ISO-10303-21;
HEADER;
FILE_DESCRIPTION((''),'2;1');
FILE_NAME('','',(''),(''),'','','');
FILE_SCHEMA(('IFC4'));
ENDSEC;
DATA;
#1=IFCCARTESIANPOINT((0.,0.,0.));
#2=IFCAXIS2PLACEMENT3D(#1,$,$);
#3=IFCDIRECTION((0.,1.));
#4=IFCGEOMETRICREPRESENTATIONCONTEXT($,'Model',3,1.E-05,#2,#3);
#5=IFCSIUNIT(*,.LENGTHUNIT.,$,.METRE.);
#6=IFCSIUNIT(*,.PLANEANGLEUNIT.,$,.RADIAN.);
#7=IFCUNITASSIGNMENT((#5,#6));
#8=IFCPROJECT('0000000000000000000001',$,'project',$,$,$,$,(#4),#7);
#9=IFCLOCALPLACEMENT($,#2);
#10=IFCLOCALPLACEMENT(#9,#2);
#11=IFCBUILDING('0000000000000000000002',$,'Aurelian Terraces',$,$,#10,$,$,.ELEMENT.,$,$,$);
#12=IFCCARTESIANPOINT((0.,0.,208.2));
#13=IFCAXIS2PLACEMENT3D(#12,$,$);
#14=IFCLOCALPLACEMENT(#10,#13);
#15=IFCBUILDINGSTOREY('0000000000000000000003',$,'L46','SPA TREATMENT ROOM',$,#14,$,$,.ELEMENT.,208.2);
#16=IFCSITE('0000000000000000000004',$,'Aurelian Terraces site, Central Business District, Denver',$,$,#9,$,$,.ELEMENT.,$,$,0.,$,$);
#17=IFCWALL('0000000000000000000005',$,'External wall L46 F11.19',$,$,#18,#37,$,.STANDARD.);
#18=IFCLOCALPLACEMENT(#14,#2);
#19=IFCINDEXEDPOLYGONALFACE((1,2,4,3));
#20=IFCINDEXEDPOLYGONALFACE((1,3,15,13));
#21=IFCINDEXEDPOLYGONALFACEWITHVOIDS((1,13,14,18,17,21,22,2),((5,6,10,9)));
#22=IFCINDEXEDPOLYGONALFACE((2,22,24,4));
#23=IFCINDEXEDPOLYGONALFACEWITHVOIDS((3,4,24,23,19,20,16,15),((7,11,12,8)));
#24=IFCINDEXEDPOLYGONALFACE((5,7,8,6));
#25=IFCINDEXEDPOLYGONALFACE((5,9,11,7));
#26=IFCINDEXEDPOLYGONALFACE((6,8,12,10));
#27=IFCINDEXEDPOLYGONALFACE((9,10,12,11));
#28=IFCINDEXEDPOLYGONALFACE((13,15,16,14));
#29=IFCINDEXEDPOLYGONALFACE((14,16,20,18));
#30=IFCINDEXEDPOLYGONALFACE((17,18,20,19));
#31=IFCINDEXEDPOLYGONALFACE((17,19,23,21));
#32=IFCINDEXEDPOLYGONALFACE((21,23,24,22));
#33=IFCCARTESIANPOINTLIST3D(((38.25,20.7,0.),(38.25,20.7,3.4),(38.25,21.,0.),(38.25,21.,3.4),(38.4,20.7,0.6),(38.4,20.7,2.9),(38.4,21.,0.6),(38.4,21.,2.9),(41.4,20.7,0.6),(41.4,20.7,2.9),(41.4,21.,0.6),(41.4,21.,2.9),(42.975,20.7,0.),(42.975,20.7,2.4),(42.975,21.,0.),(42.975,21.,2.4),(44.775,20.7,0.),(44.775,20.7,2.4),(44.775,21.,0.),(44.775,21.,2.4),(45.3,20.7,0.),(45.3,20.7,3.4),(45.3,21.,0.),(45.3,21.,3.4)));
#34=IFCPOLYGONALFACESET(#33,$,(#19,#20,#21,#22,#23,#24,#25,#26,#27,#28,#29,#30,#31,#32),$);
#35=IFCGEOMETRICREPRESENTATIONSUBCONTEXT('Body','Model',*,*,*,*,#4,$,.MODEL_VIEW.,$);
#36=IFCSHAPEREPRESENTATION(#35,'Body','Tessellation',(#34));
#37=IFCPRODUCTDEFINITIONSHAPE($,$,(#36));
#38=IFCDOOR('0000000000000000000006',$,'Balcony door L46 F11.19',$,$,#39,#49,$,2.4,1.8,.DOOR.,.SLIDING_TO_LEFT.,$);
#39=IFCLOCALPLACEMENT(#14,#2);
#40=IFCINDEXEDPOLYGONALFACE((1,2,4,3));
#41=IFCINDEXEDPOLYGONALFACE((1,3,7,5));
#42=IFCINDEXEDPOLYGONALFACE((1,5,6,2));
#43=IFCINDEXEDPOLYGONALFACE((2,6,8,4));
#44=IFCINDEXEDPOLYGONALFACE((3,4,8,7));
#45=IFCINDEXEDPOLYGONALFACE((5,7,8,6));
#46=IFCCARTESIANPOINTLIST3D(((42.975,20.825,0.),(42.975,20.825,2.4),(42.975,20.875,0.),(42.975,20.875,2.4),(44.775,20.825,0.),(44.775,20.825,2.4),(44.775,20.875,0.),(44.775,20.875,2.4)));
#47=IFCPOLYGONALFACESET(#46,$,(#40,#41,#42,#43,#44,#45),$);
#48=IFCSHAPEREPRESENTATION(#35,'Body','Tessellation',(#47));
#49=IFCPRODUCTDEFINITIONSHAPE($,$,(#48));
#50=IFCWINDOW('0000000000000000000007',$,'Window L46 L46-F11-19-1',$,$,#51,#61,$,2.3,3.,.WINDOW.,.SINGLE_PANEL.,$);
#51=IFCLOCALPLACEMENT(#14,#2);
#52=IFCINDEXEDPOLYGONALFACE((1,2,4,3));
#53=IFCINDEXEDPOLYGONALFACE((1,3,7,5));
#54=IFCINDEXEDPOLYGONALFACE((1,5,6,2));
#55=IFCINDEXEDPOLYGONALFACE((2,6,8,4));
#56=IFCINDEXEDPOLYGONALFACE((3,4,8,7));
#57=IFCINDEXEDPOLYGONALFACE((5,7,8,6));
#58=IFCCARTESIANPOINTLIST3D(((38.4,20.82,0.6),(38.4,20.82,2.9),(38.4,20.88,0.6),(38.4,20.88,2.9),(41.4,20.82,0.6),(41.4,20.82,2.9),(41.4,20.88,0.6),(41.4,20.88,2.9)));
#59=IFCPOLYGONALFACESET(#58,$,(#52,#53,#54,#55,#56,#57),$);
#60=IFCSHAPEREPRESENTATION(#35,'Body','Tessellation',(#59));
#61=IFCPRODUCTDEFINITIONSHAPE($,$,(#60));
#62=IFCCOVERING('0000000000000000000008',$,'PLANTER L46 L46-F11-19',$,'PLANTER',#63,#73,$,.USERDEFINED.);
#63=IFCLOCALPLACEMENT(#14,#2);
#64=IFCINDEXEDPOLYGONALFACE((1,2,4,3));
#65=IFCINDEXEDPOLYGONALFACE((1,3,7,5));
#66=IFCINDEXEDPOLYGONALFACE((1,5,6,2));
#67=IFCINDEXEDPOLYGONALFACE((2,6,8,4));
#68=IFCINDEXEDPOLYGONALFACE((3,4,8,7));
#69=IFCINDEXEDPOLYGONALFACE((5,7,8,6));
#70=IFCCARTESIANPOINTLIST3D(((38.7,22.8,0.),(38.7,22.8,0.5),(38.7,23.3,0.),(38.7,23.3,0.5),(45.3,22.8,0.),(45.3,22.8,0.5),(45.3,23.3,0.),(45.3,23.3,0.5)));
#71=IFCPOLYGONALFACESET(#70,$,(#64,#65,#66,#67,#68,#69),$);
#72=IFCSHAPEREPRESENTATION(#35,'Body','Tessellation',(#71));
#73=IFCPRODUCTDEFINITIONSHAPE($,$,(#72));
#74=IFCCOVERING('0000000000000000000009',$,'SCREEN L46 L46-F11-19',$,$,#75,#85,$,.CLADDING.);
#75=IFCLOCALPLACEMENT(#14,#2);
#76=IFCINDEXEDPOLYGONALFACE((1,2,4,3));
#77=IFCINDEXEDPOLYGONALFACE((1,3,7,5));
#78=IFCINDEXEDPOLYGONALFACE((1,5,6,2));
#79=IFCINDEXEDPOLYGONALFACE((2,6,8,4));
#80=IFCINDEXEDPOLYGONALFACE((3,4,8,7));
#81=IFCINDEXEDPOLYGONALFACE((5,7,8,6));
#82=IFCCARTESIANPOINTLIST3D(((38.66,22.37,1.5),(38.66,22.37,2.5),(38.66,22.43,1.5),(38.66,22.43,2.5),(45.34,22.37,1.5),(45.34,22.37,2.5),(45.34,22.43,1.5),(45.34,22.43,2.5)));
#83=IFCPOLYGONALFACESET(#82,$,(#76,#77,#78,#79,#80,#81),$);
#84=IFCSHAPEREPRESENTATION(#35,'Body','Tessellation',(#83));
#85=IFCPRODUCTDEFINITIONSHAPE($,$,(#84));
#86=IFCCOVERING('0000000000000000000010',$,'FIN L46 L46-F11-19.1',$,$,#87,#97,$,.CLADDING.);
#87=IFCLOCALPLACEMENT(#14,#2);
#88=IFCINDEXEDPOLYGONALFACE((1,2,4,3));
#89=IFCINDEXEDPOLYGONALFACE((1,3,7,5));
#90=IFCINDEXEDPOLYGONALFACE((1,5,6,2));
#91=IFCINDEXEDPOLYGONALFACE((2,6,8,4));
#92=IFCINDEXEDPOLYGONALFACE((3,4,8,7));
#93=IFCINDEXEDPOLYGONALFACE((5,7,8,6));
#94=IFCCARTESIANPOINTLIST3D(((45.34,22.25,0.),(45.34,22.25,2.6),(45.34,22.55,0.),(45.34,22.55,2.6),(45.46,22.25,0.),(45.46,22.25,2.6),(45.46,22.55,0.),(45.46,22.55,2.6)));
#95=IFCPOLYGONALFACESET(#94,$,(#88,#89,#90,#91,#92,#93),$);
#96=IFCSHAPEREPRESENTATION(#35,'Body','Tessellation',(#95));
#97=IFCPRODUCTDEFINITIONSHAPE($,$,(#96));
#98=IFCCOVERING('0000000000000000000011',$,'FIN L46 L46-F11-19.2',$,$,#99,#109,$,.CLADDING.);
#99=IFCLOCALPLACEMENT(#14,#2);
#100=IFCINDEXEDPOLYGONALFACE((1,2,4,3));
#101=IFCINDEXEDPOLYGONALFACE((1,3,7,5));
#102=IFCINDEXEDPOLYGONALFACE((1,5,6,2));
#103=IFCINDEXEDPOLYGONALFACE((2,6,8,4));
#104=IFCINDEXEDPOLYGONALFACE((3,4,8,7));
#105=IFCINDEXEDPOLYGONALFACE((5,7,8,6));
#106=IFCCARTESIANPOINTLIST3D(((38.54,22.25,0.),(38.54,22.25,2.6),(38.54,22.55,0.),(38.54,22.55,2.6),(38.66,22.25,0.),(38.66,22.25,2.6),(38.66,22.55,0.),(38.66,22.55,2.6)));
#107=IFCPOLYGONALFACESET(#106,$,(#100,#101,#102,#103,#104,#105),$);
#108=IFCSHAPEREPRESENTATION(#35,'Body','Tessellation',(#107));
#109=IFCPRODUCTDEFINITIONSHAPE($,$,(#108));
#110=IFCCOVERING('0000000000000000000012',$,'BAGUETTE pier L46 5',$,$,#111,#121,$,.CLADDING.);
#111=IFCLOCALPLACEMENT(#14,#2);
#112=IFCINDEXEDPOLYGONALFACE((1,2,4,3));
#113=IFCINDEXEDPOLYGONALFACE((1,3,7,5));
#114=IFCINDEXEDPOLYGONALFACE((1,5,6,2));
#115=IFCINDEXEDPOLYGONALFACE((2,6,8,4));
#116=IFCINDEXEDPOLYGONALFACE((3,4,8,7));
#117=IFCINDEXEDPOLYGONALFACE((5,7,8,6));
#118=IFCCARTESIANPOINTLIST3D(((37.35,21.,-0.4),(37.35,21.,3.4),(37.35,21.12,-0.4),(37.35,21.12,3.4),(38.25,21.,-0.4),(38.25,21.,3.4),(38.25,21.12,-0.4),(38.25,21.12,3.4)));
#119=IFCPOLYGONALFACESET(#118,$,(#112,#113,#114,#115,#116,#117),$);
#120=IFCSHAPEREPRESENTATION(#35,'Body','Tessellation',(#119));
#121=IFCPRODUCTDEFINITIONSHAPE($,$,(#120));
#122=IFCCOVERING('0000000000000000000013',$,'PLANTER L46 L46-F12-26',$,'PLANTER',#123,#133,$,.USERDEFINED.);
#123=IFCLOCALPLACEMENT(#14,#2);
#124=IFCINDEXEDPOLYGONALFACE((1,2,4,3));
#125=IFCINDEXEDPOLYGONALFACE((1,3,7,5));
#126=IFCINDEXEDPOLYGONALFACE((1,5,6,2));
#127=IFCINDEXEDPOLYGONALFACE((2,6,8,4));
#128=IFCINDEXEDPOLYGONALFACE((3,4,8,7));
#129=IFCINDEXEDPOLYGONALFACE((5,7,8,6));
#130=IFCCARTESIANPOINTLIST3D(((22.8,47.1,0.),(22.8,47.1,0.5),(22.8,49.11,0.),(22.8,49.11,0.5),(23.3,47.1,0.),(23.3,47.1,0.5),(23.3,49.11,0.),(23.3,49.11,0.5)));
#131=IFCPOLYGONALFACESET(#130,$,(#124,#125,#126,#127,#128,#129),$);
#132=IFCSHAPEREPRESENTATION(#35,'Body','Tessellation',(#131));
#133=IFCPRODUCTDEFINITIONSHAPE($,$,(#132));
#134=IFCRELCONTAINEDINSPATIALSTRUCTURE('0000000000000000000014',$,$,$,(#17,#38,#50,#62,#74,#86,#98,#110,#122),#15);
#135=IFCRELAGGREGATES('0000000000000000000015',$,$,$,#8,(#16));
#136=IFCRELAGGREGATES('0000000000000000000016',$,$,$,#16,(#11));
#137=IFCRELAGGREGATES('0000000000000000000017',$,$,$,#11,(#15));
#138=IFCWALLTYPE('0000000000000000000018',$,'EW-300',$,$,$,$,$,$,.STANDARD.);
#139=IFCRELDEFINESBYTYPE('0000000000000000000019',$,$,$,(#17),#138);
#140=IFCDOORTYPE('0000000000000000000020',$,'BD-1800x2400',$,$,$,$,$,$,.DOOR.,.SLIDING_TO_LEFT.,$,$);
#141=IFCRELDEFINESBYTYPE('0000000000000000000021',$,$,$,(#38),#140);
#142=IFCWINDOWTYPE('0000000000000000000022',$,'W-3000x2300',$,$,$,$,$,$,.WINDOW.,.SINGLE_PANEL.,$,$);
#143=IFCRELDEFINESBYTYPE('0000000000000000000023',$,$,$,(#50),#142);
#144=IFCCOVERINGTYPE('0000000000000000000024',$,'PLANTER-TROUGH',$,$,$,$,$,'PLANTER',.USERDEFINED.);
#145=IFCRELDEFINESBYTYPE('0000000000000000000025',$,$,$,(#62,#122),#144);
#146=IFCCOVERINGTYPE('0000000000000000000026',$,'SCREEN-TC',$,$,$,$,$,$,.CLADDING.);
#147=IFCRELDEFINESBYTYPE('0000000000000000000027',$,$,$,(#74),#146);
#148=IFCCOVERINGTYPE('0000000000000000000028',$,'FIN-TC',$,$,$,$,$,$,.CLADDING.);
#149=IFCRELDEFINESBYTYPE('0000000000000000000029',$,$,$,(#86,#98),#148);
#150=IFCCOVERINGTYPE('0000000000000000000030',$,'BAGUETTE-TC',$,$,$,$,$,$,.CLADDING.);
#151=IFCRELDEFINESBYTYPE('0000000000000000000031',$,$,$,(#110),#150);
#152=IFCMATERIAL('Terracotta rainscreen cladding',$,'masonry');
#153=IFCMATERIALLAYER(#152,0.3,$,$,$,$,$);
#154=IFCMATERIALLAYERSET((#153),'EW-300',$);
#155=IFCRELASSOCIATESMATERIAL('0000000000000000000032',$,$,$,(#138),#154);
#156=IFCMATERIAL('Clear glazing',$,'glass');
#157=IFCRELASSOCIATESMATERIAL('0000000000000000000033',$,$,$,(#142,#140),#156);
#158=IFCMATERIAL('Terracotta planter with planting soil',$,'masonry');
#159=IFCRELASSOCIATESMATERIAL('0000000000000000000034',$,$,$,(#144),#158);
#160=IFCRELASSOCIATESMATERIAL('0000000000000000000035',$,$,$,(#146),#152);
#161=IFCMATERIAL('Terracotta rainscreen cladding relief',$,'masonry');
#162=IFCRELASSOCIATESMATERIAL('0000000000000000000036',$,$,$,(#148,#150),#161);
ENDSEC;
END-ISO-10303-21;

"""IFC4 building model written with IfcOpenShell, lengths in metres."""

from ifc_helpers import new_model, si_unit, direction, frame, frame_2d, origin, origin_2d, place, context, subcontext, project, spatial, rectangle, extrude, source, transform, mapped, material, layer, layer_set, type_object, element, fill, save


model = new_model("IFC4")

# Units and contexts
model_context = context("Model", 3, precision=1e-05, world=origin(), true_north=direction((0.0, 1.0)))
body_context = subcontext(model_context, "Body", "Model", "MODEL_VIEW")
ifc_project = project(units=[si_unit("LENGTHUNIT", "METRE"), si_unit("PLANEANGLEUNIT", "RADIAN")], contexts=[model_context])

# Site, building, storey
site_placement = place(None, origin())
site = spatial("IfcSite", under=ifc_project, at=site_placement, Name="Aurelian Terraces site, Central Business District, Denver", CompositionType="ELEMENT", RefElevation=0.0)
building_placement = place(site_placement, origin())
building = spatial("IfcBuilding", under=site, at=building_placement, Name="Aurelian Terraces", CompositionType="ELEMENT")
storey_placement = place(building_placement, frame((0.0, 0.0, 208.2)))
storey = spatial("IfcBuildingStorey", under=building, at=storey_placement, Name="L46", Description="SPA TREATMENT ROOM", CompositionType="ELEMENT", Elevation=208.2)

# Shared definitions
ifc_material_1 = material(Name="Terracotta rainscreen cladding", Category="masonry")
ifc_layer_1 = layer(ifc_material_1, 0.3)
ifc_layer_set_1 = layer_set([ifc_layer_1], Name="EW-300")
wall_type_1 = type_object("IfcWallType", Name="EW-300", PredefinedType="STANDARD", material=ifc_layer_set_1)
shared_shape_1 = source(origin(), body_context, "Body", "SweptSolid", [
    extrude(rectangle(XDim=3.0, YDim=2.3, at=frame_2d((1.5, 1.15))), frame((0.0, 0.16, 0.0), z_axis=(0.0, -1.0, 0.0), x_axis=(1.0, 0.0, 0.0)), (0.0, 0.0, 1.0), 0.32),
])
ifc_material_2 = material(Name="Clear glazing", Category="glass")
window_type_1 = type_object("IfcWindowType", Name="W-3000x2300", PartitioningType="SINGLE_PANEL", PredefinedType="WINDOW", material=ifc_material_2)
shared_shape_2 = source(origin(), body_context, "Body", "SweptSolid", [
    extrude(rectangle(XDim=3.0, YDim=2.3, at=frame_2d((1.5, 1.15))), frame((0.0, 0.03, 0.0), z_axis=(0.0, -1.0, 0.0), x_axis=(1.0, 0.0, 0.0)), (0.0, 0.0, 1.0), 0.06),
])

# Wall, openings, door, window
shared_shape_3 = source(origin(), body_context, "Body", "SweptSolid", [
    extrude(rectangle(XDim=7.05, YDim=0.3, at=frame_2d((3.525, 0.0))), origin(), (0.0, 0.0, 1.0), 3.4),
])
wall_1_placement = place(storey_placement, frame((45.3, 20.85, 0.0), z_axis=(0.0, 0.0, 1.0), x_axis=(-1.0, 0.0, 0.0)))
wall_1 = element("IfcWall", 1, at=wall_1_placement, inside=storey, type_object=wall_type_1, Name="External wall L46 F11.19", PredefinedType="STANDARD", context=body_context, shape_type="MappedRepresentation", body=[
    mapped(shared_shape_3, transform((0.0, 0.0, 0.0), scale=1.0)),
])
shared_shape_4 = source(origin(), body_context, "Body", "SweptSolid", [
    extrude(rectangle(XDim=1.8, YDim=2.4, at=frame_2d((0.9, 1.2))), frame((0.0, 0.16, 0.0), z_axis=(0.0, -1.0, 0.0), x_axis=(1.0, 0.0, 0.0)), (0.0, 0.0, 1.0), 0.32),
])
opening_1_placement = place(wall_1_placement, frame((0.525, 0.0, 0.0)))
opening_1 = element("IfcOpeningElement", 2, at=opening_1_placement, cuts=wall_1, PredefinedType="OPENING", context=body_context, shape_type="MappedRepresentation", body=[
    mapped(shared_shape_4, transform((0.0, 0.0, 0.0), scale=1.0)),
])
opening_2_placement = place(wall_1_placement, frame((3.9, 0.0, 0.6)))
opening_2 = element("IfcOpeningElement", 3, at=opening_2_placement, cuts=wall_1, PredefinedType="OPENING", context=body_context, shape_type="MappedRepresentation", body=[
    mapped(shared_shape_1, transform((0.0, 0.0, 0.0), scale=1.0)),
])
door_type_1 = type_object("IfcDoorType", Name="BD-1800x2400", OperationType="SLIDING_TO_LEFT", PredefinedType="DOOR", material=ifc_material_2)
shared_shape_5 = source(origin(), body_context, "Body", "SweptSolid", [
    extrude(rectangle(XDim=1.8, YDim=2.4, at=frame_2d((0.9, 1.2))), frame((0.0, 0.025, 0.0), z_axis=(0.0, -1.0, 0.0), x_axis=(1.0, 0.0, 0.0)), (0.0, 0.0, 1.0), 0.05),
])
door_1_placement = place(opening_1_placement, origin())
door_1 = element("IfcDoor", 4, at=door_1_placement, inside=storey, type_object=door_type_1, Name="Balcony door L46 F11.19", OperationType="SLIDING_TO_LEFT", OverallHeight=2.4, OverallWidth=1.8, PredefinedType="DOOR", context=body_context, shape_type="MappedRepresentation", body=[
    mapped(shared_shape_5, transform((0.0, 0.0, 0.0), scale=1.0)),
])
fill(opening_1, door_1)
window_1_placement = place(opening_2_placement, origin())
window_1 = element("IfcWindow", 5, at=window_1_placement, inside=storey, type_object=window_type_1, Name="Window L46 L46-F11-19-1", OverallHeight=2.3, OverallWidth=3.0, PartitioningType="SINGLE_PANEL", PredefinedType="WINDOW", context=body_context, shape_type="MappedRepresentation", body=[
    mapped(shared_shape_2, transform((0.0, 0.0, 0.0), scale=1.0)),
])
fill(opening_2, window_1)

# Coverings
ifc_material_3 = material(Name="Terracotta planter with planting soil", Category="masonry")
covering_type_1 = type_object("IfcCoveringType", Name="PLANTER-TROUGH", ElementType="PLANTER", PredefinedType="USERDEFINED", material=ifc_material_3)
covering_1_placement = place(storey_placement, frame((42.0, 23.05, 0.0), z_axis=(0.0, 0.0, 1.0), x_axis=(1.0, 0.0, 0.0)))
element("IfcCovering", 6, at=covering_1_placement, inside=storey, type_object=covering_type_1, Name="PLANTER L46 L46-F11-19", ObjectType="PLANTER", PredefinedType="USERDEFINED", context=body_context, shape_type="SweptSolid", body=[
    extrude(rectangle(XDim=6.6, YDim=0.5, at=origin_2d()), origin(), (0.0, 0.0, 1.0), 0.5),
])
covering_type_2 = type_object("IfcCoveringType", Name="SCREEN-TC", PredefinedType="CLADDING", material=ifc_material_1)
covering_2_placement = place(storey_placement, frame((42.0, 22.4, 1.5), z_axis=(0.0, 0.0, 1.0), x_axis=(1.0, 0.0, 0.0)))
element("IfcCovering", 7, at=covering_2_placement, inside=storey, type_object=covering_type_2, Name="SCREEN L46 L46-F11-19", PredefinedType="CLADDING", context=body_context, shape_type="SweptSolid", body=[
    extrude(rectangle(XDim=6.68, YDim=0.06, at=origin_2d()), origin(), (0.0, 0.0, 1.0), 1.0),
])
ifc_material_4 = material(Name="Terracotta rainscreen cladding relief", Category="masonry")
covering_type_3 = type_object("IfcCoveringType", Name="FIN-TC", PredefinedType="CLADDING", material=ifc_material_4)
shared_shape_6 = source(origin(), body_context, "Body", "SweptSolid", [
    extrude(rectangle(XDim=0.12, YDim=0.3, at=origin_2d()), origin(), (0.0, 0.0, 1.0), 2.6),
])
for number, where, z_axis, x_axis, name in (
    (8, (45.4, 22.4, 0.0), (0.0, 0.0, 1.0), (1.0, 0.0, 0.0), "FIN L46 L46-F11-19.1"),
    (9, (38.6, 22.4, 0.0), (0.0, 0.0, 1.0), (1.0, 0.0, 0.0), "FIN L46 L46-F11-19.2"),
):
    element("IfcCovering", number, at=place(storey_placement, frame(where, z_axis=z_axis, x_axis=x_axis)), inside=storey, type_object=covering_type_3, Name=name, PredefinedType="CLADDING", context=body_context, shape_type="MappedRepresentation", body=[
        mapped(shared_shape_6, transform((0.0, 0.0, 0.0), scale=1.0)),
    ])
covering_type_4 = type_object("IfcCoveringType", Name="BAGUETTE-TC", PredefinedType="CLADDING", material=ifc_material_4)
shared_shape_7 = source(origin(), body_context, "Body", "SweptSolid", [
    extrude(rectangle(XDim=0.9, YDim=0.12, at=origin_2d()), origin(), (0.0, 0.0, 1.0), 3.8),
])
covering_3_placement = place(storey_placement, frame((37.8, 21.06, -0.4), z_axis=(0.0, 0.0, 1.0), x_axis=(1.0, 0.0, 0.0)))
element("IfcCovering", 10, at=covering_3_placement, inside=storey, type_object=covering_type_4, Name="BAGUETTE pier L46 5", PredefinedType="CLADDING", context=body_context, shape_type="MappedRepresentation", body=[
    mapped(shared_shape_7, transform((0.0, 0.0, 0.0), scale=1.0)),
])
shared_shape_8 = source(origin(), body_context, "Body", "SweptSolid", [
    extrude(rectangle(XDim=0.5, YDim=2.01, at=origin_2d()), origin(), (0.0, 0.0, 1.0), 0.5),
])
covering_4_placement = place(storey_placement, frame((23.05, 48.105, 0.0), z_axis=(0.0, 0.0, 1.0), x_axis=(1.0, 0.0, 0.0)))
element("IfcCovering", 11, at=covering_4_placement, inside=storey, type_object=covering_type_1, Name="PLANTER L46 L46-F12-26", ObjectType="PLANTER", PredefinedType="USERDEFINED", context=body_context, shape_type="MappedRepresentation", body=[
    mapped(shared_shape_8, transform((0.0, 0.0, 0.0), scale=1.0)),
])

save(model, "model.ifc")
